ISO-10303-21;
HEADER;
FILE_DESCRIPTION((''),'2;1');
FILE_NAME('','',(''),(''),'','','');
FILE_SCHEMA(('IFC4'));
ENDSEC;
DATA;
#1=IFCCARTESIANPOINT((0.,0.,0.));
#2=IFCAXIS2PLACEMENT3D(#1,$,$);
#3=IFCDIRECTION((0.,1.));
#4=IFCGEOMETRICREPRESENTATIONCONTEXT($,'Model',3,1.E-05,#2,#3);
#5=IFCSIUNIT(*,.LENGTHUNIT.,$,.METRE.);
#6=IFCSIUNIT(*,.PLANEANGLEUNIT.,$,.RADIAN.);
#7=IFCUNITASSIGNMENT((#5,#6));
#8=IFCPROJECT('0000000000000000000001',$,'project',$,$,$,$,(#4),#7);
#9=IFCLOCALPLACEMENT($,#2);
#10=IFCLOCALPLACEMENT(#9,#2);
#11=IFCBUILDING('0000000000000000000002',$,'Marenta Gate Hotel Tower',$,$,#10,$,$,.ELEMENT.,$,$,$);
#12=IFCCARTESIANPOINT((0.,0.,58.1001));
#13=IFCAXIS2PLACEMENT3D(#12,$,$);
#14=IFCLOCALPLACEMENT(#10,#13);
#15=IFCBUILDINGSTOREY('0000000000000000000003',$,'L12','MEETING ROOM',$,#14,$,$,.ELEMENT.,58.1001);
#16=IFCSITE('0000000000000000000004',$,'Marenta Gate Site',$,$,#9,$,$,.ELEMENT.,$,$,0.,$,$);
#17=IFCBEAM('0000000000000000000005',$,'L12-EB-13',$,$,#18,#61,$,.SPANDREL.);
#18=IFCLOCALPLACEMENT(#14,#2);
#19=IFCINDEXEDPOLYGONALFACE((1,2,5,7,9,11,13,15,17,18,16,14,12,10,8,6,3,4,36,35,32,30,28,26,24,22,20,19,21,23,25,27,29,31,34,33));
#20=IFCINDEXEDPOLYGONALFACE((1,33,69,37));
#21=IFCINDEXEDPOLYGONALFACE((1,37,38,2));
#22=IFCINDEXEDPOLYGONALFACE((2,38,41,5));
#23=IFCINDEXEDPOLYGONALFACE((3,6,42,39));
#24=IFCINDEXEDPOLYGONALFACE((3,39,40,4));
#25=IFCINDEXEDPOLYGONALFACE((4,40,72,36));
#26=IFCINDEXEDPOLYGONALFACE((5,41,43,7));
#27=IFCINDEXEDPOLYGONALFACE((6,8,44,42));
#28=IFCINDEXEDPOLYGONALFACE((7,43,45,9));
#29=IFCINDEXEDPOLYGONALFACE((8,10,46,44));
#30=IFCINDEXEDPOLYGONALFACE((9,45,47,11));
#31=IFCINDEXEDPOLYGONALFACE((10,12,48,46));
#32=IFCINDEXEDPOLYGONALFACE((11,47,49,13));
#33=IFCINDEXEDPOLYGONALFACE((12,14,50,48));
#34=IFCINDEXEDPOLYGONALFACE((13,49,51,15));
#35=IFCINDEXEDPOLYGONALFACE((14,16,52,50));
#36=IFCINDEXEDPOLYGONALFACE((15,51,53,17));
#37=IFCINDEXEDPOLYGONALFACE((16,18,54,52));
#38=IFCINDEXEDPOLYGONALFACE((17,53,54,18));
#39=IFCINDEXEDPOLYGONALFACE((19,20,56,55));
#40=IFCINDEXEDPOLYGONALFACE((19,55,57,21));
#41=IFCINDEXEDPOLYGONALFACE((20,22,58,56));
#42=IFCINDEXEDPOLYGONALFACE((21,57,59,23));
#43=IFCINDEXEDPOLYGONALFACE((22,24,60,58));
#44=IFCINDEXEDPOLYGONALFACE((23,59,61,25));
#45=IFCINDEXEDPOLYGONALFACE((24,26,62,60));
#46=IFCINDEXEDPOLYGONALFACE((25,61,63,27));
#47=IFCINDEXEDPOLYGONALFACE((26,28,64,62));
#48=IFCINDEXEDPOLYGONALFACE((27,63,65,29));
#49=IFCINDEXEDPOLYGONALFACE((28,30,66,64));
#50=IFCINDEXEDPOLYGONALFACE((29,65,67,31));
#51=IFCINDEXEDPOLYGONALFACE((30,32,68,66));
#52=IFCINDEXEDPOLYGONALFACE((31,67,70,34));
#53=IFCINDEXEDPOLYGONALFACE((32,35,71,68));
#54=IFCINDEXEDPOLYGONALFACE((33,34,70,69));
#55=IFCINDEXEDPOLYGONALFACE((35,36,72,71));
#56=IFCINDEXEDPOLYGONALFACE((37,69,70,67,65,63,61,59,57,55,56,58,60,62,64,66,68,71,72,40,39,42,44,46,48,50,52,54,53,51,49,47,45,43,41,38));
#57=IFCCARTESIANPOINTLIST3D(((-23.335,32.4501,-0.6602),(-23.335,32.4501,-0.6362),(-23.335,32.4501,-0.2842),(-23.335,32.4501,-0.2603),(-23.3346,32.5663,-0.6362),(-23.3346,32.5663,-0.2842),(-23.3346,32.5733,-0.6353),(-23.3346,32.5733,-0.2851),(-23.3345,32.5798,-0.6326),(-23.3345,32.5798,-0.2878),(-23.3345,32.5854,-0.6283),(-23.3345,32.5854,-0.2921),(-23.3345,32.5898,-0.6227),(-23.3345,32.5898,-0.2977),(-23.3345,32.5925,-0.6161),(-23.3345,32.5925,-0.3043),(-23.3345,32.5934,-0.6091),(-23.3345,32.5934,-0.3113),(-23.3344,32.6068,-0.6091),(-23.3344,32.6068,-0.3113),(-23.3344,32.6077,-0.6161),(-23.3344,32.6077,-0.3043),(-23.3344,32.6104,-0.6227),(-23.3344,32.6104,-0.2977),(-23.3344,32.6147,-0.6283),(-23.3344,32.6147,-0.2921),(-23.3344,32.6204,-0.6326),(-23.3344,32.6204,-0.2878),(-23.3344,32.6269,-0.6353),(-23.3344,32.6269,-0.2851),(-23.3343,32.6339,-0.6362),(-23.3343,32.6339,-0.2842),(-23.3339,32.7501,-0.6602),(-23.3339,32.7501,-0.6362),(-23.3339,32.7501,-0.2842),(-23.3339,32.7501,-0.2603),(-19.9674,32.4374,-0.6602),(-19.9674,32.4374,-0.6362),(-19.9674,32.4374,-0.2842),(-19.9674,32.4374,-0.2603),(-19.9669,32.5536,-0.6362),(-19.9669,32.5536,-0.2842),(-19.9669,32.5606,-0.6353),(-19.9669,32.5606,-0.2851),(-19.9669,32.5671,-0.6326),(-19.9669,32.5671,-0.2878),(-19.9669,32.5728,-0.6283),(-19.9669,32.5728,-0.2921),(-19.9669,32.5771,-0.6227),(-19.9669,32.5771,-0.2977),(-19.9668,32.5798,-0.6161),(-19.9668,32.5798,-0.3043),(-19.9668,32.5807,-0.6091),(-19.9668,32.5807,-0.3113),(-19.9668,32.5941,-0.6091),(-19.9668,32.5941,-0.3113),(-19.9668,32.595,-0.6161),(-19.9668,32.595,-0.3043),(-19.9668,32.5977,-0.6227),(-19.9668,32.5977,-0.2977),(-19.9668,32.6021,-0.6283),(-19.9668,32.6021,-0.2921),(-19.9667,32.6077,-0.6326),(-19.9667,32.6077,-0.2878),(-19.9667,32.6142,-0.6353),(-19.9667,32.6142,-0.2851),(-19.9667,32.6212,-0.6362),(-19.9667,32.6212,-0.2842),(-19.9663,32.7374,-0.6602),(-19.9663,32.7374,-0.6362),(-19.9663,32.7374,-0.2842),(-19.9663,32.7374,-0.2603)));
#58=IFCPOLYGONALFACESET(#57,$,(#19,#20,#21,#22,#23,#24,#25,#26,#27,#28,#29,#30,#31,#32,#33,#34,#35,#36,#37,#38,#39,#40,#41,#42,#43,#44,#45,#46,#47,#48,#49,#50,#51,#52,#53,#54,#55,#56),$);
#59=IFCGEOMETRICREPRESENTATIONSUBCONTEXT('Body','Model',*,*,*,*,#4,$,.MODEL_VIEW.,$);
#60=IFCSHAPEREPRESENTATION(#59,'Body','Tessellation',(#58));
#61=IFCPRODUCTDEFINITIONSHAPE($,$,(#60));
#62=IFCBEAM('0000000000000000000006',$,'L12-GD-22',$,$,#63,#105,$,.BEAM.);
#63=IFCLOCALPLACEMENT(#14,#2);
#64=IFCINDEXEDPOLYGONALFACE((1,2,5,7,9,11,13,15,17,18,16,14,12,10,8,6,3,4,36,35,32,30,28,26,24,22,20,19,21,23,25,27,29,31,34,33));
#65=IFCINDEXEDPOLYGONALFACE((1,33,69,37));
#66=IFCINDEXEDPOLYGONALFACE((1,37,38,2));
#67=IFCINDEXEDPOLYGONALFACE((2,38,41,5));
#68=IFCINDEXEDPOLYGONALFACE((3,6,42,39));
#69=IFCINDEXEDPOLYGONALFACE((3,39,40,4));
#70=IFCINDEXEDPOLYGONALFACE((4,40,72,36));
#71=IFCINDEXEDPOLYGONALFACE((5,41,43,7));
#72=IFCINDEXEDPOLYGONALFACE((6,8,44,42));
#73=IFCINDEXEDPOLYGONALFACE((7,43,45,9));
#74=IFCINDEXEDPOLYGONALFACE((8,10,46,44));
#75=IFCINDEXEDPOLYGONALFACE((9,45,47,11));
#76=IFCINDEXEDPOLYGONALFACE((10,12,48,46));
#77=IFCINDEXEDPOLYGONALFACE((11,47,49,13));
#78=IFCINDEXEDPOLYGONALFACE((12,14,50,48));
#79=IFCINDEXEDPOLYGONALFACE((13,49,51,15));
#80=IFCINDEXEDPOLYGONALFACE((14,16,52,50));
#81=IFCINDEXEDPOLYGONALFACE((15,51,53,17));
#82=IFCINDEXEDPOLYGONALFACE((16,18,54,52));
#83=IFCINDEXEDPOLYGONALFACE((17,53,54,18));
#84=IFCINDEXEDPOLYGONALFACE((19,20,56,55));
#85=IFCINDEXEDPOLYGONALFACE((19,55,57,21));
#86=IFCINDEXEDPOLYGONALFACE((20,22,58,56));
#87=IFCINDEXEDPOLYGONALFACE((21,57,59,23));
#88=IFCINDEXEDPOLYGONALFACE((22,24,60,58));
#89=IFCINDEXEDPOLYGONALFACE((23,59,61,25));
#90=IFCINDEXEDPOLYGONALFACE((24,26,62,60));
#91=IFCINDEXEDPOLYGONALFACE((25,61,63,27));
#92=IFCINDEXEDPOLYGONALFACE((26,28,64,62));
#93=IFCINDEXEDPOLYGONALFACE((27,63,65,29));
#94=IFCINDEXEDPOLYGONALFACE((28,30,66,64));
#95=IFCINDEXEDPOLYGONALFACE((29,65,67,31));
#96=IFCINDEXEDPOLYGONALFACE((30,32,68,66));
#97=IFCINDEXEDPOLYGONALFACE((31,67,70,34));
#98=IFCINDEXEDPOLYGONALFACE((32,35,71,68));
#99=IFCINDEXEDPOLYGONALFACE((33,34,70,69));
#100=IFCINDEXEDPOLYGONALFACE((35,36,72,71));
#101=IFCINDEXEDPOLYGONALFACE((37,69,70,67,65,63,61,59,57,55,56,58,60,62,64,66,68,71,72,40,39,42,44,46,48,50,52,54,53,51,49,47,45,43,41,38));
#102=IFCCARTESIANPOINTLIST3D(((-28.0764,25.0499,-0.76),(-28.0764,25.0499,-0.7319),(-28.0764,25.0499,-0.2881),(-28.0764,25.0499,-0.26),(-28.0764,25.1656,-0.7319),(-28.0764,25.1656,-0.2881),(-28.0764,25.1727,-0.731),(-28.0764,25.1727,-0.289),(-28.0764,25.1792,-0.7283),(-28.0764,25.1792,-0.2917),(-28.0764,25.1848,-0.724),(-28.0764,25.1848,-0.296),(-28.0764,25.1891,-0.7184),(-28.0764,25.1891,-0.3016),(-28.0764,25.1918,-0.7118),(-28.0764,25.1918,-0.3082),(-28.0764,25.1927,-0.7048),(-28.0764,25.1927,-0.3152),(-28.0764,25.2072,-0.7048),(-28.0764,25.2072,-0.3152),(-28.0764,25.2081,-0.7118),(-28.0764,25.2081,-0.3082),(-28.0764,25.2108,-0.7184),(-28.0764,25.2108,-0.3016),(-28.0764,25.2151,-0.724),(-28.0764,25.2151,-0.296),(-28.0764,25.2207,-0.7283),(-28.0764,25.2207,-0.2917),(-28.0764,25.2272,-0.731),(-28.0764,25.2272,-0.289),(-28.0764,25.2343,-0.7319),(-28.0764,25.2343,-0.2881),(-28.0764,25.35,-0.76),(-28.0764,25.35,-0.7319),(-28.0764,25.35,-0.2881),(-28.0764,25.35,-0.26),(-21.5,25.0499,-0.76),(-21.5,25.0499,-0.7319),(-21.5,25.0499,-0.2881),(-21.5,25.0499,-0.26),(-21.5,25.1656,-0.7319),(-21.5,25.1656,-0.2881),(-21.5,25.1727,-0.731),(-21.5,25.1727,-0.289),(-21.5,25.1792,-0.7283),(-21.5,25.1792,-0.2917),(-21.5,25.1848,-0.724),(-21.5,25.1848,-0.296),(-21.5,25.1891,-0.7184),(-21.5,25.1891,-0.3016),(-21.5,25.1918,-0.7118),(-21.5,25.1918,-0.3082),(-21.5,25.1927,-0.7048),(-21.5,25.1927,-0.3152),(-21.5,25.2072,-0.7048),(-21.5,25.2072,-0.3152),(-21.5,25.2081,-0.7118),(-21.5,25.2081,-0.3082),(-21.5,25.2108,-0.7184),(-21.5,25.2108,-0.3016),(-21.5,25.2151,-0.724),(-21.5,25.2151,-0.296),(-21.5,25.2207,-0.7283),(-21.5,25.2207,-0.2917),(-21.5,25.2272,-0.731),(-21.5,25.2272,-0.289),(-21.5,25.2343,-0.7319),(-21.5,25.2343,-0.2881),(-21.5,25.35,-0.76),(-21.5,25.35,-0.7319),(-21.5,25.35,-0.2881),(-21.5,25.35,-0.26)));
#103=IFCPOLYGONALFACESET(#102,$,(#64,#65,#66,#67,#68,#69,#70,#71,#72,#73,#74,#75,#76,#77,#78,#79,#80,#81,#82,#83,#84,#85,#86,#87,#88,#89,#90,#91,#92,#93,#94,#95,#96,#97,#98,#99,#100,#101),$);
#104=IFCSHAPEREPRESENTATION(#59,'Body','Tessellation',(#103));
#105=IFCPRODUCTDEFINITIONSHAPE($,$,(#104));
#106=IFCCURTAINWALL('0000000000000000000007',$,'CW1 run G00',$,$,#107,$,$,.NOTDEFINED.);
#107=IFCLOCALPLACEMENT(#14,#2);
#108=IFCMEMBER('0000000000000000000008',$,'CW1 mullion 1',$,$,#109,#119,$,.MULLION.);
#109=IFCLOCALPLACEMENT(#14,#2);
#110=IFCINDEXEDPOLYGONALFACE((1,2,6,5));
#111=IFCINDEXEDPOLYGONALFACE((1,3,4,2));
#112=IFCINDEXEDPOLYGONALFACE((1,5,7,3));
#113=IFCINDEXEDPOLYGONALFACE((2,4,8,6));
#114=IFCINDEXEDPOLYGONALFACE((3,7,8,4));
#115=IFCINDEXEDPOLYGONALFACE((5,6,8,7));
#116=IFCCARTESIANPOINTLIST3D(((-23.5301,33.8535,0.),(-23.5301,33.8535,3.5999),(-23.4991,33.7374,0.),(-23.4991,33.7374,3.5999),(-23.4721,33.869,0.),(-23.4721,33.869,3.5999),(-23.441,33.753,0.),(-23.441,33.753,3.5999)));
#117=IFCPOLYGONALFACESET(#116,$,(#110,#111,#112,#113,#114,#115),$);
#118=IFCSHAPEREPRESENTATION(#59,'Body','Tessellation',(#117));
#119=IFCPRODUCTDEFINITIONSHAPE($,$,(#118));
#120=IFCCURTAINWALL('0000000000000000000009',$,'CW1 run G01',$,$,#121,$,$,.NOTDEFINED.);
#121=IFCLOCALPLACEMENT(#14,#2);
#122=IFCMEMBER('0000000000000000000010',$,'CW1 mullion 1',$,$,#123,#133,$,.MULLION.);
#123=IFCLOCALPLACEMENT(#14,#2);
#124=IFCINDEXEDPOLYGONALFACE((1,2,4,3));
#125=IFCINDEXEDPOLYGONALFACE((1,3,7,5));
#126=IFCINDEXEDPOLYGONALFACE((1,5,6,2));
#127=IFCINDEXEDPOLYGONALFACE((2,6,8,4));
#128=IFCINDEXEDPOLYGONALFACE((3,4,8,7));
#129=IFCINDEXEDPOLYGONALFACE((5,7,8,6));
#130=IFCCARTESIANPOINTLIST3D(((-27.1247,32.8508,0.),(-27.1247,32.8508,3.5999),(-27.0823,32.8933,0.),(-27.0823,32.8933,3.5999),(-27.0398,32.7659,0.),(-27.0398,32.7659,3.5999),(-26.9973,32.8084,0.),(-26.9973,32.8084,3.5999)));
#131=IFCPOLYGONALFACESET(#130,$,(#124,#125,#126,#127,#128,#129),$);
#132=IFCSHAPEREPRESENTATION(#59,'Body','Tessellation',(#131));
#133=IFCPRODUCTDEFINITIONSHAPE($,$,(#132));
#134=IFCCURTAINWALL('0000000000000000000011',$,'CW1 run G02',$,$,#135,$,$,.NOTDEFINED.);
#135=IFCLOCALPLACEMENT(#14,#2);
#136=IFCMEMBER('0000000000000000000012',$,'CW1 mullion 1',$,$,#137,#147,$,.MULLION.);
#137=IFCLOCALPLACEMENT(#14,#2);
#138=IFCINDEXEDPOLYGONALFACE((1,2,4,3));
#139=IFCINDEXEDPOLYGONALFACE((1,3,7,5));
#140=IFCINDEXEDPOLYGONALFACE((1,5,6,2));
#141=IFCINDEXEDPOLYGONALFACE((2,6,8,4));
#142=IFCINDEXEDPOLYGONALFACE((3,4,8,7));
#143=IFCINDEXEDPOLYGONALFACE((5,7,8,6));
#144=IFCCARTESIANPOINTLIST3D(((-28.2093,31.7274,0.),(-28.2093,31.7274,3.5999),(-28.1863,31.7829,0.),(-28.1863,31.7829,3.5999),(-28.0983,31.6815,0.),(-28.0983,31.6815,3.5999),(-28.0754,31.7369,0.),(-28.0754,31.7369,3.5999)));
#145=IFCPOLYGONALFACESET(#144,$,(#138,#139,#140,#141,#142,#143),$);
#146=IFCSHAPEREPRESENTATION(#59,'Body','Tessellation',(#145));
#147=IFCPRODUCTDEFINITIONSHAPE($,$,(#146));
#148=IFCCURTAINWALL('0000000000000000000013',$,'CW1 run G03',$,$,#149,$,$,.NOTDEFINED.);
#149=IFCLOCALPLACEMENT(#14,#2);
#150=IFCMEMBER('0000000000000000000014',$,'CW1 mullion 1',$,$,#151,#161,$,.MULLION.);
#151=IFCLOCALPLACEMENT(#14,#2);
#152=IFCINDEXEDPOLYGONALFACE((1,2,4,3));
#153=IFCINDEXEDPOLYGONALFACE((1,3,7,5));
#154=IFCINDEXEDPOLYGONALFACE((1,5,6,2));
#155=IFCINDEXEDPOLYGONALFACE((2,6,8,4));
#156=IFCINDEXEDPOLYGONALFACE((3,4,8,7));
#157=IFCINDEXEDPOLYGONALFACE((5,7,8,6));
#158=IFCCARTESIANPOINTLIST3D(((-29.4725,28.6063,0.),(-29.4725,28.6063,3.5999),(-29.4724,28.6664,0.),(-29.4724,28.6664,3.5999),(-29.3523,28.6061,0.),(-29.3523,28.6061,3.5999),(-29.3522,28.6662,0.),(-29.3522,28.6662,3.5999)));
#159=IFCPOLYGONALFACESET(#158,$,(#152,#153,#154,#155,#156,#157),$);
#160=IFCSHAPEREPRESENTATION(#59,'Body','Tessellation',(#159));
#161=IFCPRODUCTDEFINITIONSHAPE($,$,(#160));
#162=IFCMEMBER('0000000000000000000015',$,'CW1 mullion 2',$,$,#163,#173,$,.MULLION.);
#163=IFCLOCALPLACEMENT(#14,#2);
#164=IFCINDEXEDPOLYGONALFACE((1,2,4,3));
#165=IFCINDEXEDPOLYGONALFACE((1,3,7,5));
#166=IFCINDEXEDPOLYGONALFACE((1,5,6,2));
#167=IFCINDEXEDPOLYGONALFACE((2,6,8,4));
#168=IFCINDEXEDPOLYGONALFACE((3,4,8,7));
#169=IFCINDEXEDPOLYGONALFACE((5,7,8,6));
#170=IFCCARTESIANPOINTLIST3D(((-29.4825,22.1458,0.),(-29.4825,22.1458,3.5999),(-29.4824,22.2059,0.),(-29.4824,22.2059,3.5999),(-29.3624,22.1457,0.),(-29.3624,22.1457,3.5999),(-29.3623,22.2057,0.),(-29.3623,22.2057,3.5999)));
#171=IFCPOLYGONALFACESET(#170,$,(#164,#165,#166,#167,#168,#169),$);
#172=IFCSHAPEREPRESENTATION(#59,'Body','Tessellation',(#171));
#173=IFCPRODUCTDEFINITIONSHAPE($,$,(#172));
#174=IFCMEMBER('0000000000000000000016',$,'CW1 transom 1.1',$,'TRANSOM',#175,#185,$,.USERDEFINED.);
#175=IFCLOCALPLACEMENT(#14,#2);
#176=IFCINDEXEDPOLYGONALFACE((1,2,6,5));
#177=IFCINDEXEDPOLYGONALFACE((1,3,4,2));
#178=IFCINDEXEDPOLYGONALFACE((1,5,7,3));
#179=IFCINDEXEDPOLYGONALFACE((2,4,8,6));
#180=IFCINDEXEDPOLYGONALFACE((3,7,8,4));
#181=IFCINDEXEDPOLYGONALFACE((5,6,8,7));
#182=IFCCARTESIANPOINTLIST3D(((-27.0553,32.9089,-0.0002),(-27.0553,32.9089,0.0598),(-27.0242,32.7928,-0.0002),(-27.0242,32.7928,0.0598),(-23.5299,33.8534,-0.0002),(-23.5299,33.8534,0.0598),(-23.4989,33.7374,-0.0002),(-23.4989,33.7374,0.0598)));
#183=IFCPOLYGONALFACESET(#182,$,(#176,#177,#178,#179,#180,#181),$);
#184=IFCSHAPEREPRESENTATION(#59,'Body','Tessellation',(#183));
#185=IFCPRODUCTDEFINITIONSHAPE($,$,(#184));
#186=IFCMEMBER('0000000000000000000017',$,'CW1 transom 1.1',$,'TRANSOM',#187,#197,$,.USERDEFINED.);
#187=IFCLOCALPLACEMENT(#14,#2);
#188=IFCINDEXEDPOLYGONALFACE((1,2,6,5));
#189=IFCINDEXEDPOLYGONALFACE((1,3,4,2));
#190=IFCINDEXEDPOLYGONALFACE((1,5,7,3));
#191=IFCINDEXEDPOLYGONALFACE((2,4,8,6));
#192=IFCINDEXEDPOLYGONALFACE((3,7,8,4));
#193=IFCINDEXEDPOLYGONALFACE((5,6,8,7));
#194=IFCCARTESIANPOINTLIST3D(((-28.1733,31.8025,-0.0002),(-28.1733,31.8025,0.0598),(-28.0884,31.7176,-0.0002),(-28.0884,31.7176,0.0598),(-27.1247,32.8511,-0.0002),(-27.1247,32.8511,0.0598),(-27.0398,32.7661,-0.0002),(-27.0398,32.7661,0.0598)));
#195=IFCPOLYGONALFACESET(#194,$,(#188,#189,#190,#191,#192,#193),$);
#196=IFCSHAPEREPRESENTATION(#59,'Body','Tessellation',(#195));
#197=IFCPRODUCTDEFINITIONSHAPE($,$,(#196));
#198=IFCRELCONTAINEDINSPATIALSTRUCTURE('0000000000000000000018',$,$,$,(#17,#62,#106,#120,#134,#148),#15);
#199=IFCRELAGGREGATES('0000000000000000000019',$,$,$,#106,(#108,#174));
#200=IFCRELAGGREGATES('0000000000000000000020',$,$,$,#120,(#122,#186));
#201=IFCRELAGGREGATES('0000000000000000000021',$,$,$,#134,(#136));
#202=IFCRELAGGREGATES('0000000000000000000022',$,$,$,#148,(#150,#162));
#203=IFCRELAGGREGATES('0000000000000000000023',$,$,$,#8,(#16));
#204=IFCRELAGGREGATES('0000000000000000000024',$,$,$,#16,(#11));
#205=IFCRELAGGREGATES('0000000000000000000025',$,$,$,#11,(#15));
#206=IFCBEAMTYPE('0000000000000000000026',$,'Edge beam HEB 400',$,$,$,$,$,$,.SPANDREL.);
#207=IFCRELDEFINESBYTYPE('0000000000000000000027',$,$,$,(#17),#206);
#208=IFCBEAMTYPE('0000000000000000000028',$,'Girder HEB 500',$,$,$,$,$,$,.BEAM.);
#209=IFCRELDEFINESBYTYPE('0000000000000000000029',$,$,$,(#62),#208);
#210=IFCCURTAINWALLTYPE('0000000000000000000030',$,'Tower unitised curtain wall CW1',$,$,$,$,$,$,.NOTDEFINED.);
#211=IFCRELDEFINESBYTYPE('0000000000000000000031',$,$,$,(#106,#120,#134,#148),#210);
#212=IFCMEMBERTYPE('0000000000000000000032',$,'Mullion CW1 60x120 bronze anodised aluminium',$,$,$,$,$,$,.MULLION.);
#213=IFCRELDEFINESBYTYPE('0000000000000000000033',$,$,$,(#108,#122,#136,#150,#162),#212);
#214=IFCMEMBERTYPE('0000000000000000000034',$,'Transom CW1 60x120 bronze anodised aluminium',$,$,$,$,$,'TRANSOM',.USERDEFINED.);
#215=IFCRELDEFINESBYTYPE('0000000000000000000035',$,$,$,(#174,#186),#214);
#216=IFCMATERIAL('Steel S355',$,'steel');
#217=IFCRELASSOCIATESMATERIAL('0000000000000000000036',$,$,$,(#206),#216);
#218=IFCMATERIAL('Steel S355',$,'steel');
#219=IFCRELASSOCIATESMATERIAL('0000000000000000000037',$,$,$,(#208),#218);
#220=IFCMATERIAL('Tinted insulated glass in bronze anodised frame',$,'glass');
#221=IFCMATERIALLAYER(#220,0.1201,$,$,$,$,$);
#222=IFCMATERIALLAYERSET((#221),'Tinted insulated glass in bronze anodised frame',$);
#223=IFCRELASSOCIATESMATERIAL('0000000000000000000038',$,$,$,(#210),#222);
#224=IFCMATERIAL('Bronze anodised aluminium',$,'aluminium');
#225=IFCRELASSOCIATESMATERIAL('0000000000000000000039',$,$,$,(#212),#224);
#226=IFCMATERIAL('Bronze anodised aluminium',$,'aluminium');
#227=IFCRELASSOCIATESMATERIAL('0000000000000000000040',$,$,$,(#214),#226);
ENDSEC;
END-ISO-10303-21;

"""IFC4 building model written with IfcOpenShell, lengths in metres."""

from ifc_helpers import new_model, si_unit, direction, frame, origin, origin_2d, place, context, subcontext, project, spatial, rectangle, i_section, extrude, material, layer, layer_set, material_profile, profile_set, type_object, element, aggregate, save


model = new_model("IFC4")

# Units and contexts
model_context = context("Model", 3, precision=1e-05, world=origin(), true_north=direction((0.0, 1.0)))
body_context = subcontext(model_context, "Body", "Model", "MODEL_VIEW")
ifc_project = project(units=[si_unit("LENGTHUNIT", "METRE"), si_unit("PLANEANGLEUNIT", "RADIAN")], contexts=[model_context])

# Site, building, storey
site_placement = place(None, origin())
site = spatial("IfcSite", under=ifc_project, at=site_placement, Name="Marenta Gate Site", CompositionType="ELEMENT", RefElevation=0.0)
building_placement = place(site_placement, origin())
building = spatial("IfcBuilding", under=site, at=building_placement, Name="Marenta Gate Hotel Tower", CompositionType="ELEMENT")
storey_placement = place(building_placement, frame((0.0, 0.0, 58.1001)))
storey = spatial("IfcBuildingStorey", under=building, at=storey_placement, Name="L12", Description="MEETING ROOM", CompositionType="ELEMENT", Elevation=58.1001)

# Beams
ifc_material_1 = material(Name="Steel S355", Category="steel")
ifc_material_profile_1 = material_profile(ifc_material_1, i_section(OverallWidth=0.3, OverallDepth=0.3999, WebThickness=0.0134, FlangeThickness=0.0239, FilletRadius=0.0271, at=origin_2d()), Name="HEB 400")
ifc_profile_set_1 = profile_set([ifc_material_profile_1], Name="Steel S355")
beam_type_1 = type_object("IfcBeamType", Name="Edge beam HEB 400", PredefinedType="SPANDREL", material=ifc_profile_set_1)
beam_1_placement = place(storey_placement, frame((-23.3345, 32.6001, -0.4602), z_axis=(0.999993, -0.00377, 0.0), x_axis=(0.00377, 0.999993, 0.0)))
element("IfcBeam", 1, at=beam_1_placement, inside=storey, type_object=beam_type_1, Name="L12-EB-13", PredefinedType="SPANDREL", context=body_context, shape_type="SweptSolid", body=[
    extrude(i_section(OverallWidth=0.3, OverallDepth=0.3999, WebThickness=0.0134, FlangeThickness=0.0239, FilletRadius=0.0271, at=origin_2d()), origin(), (0.0, 0.0, 1.0), 3.3677),
])
ifc_material_2 = material(Name="Steel S355", Category="steel")
ifc_material_profile_2 = material_profile(ifc_material_2, i_section(OverallWidth=0.3, OverallDepth=0.5, WebThickness=0.0144, FlangeThickness=0.0281, FilletRadius=0.0271, at=origin_2d()), Name="HEB 500")
ifc_profile_set_2 = profile_set([ifc_material_profile_2], Name="Steel S355")
beam_type_2 = type_object("IfcBeamType", Name="Girder HEB 500", PredefinedType="BEAM", material=ifc_profile_set_2)
beam_2_placement = place(storey_placement, frame((-28.0764, 25.2, -0.51), z_axis=(1.0, 0.0, 0.0), x_axis=(0.0, 1.0, 0.0)))
element("IfcBeam", 2, at=beam_2_placement, inside=storey, type_object=beam_type_2, Name="L12-GD-22", PredefinedType="BEAM", context=body_context, shape_type="SweptSolid", body=[
    extrude(i_section(OverallWidth=0.3, OverallDepth=0.5, WebThickness=0.0144, FlangeThickness=0.0281, FilletRadius=0.0271, at=origin_2d()), origin(), (0.0, 0.0, 1.0), 6.5764),
])

# Curtain walls, members
ifc_material_3 = material(Name="Tinted insulated glass in bronze anodised frame", Category="glass")
ifc_layer_1 = layer(ifc_material_3, 0.1201)
ifc_layer_set_1 = layer_set([ifc_layer_1], Name="Tinted insulated glass in bronze anodised frame")
curtain_wall_type = type_object("IfcCurtainWallType", Name="Tower unitised curtain wall CW1", PredefinedType="NOTDEFINED", material=ifc_layer_set_1)
curtain_wall_1_placement = place(storey_placement, origin())
curtain_wall_1 = element("IfcCurtainWall", 3, at=curtain_wall_1_placement, inside=storey, type_object=curtain_wall_type, Name="CW1 run G00", PredefinedType="NOTDEFINED")
ifc_material_4 = material(Name="Bronze anodised aluminium", Category="aluminium")
ifc_material_profile_3 = material_profile(ifc_material_4, rectangle(XDim=0.1201, YDim=0.0601, at=origin_2d()), Name="Mullion CW1 60x120 bronze anodised aluminium")
ifc_profile_set_3 = profile_set([ifc_material_profile_3], Name="Bronze anodised aluminium")
member_type_1 = type_object("IfcMemberType", Name="Mullion CW1 60x120 bronze anodised aluminium", PredefinedType="MULLION", material=ifc_profile_set_3)
member_1_placement = place(storey_placement, frame((-23.4856, 33.8032, 0.0), z_axis=(0.0, 0.0, 1.0), x_axis=(0.258802, -0.96593, 0.0)))
member_1 = element("IfcMember", 4, at=member_1_placement, type_object=member_type_1, Name="CW1 mullion 1", PredefinedType="MULLION", context=body_context, shape_type="SweptSolid", body=[
    extrude(rectangle(XDim=0.1201, YDim=0.0601, at=origin_2d()), origin(), (0.0, 0.0, 1.0), 3.5999),
])
curtain_wall_2_placement = place(storey_placement, origin())
curtain_wall_2 = element("IfcCurtainWall", 5, at=curtain_wall_2_placement, inside=storey, type_object=curtain_wall_type, Name="CW1 run G01", PredefinedType="NOTDEFINED")
member_2_placement = place(storey_placement, frame((-27.061, 32.8296, 0.0), z_axis=(0.0, 0.0, 1.0), x_axis=(0.707107, -0.707107, 0.0)))
member_2 = element("IfcMember", 6, at=member_2_placement, type_object=member_type_1, Name="CW1 mullion 1", PredefinedType="MULLION", context=body_context, shape_type="SweptSolid", body=[
    extrude(rectangle(XDim=0.1201, YDim=0.0601, at=origin_2d()), origin(), (0.0, 0.0, 1.0), 3.5999),
])
curtain_wall_3_placement = place(storey_placement, origin())
curtain_wall_3 = element("IfcCurtainWall", 7, at=curtain_wall_3_placement, inside=storey, type_object=curtain_wall_type, Name="CW1 run G02", PredefinedType="NOTDEFINED")
member_3_placement = place(storey_placement, frame((-28.1423, 31.7322, 0.0), z_axis=(0.0, 0.0, 1.0), x_axis=(0.923885, -0.38267, 0.0)))
member_3 = element("IfcMember", 8, at=member_3_placement, type_object=member_type_1, Name="CW1 mullion 1", PredefinedType="MULLION", context=body_context, shape_type="SweptSolid", body=[
    extrude(rectangle(XDim=0.1201, YDim=0.0601, at=origin_2d()), origin(), (0.0, 0.0, 1.0), 3.5999),
])

# Curtain wall, members
curtain_wall_4_placement = place(storey_placement, origin())
curtain_wall_4 = element("IfcCurtainWall", 9, at=curtain_wall_4_placement, inside=storey, type_object=curtain_wall_type, Name="CW1 run G03", PredefinedType="NOTDEFINED")
member_4_placement = place(storey_placement, frame((-29.4124, 28.6362, 0.0), z_axis=(0.0, 0.0, 1.0), x_axis=(0.999999, -0.001566, 0.0)))
member_4 = element("IfcMember", 10, at=member_4_placement, type_object=member_type_1, Name="CW1 mullion 1", PredefinedType="MULLION", context=body_context, shape_type="SweptSolid", body=[
    extrude(rectangle(XDim=0.1201, YDim=0.0601, at=origin_2d()), origin(), (0.0, 0.0, 1.0), 3.5999),
])
member_5_placement = place(storey_placement, frame((-29.4224, 22.1758, 0.0), z_axis=(0.0, 0.0, 1.0), x_axis=(0.999999, -0.001566, 0.0)))
member_5 = element("IfcMember", 11, at=member_5_placement, type_object=member_type_1, Name="CW1 mullion 2", PredefinedType="MULLION", context=body_context, shape_type="SweptSolid", body=[
    extrude(rectangle(XDim=0.1201, YDim=0.0601, at=origin_2d()), origin(), (0.0, 0.0, 1.0), 3.5999),
])

# Members
ifc_material_5 = material(Name="Bronze anodised aluminium", Category="aluminium")
ifc_material_profile_4 = material_profile(ifc_material_5, rectangle(XDim=0.1201, YDim=0.0601, at=origin_2d()), Name="Transom CW1 60x120 bronze anodised aluminium")
ifc_profile_set_4 = profile_set([ifc_material_profile_4], Name="Bronze anodised aluminium")
member_type_2 = type_object("IfcMemberType", Name="Transom CW1 60x120 bronze anodised aluminium", ElementType="TRANSOM", PredefinedType="USERDEFINED", material=ifc_profile_set_4)
member_6_placement = place(storey_placement, frame((-23.5144, 33.7954, 0.0298), z_axis=(-0.965929, -0.258807, 0.0), x_axis=(0.258807, -0.965929, 0.0)))
member_6 = element("IfcMember", 12, at=member_6_placement, type_object=member_type_2, Name="CW1 transom 1.1", ObjectType="TRANSOM", PredefinedType="USERDEFINED", context=body_context, shape_type="SweptSolid", body=[
    extrude(rectangle(XDim=0.1201, YDim=0.0601, at=origin_2d()), origin(), (0.0, 0.0, 1.0), 3.6497),
])
member_7_placement = place(storey_placement, frame((-27.0823, 32.8086, 0.0298), z_axis=(-0.707107, -0.707107, 0.0), x_axis=(0.707107, -0.707107, 0.0)))
member_7 = element("IfcMember", 13, at=member_7_placement, type_object=member_type_2, Name="CW1 transom 1.1", ObjectType="TRANSOM", PredefinedType="USERDEFINED", context=body_context, shape_type="SweptSolid", body=[
    extrude(rectangle(XDim=0.1201, YDim=0.0601, at=origin_2d()), origin(), (0.0, 0.0, 1.0), 1.4829),
])

aggregate(curtain_wall_1, [member_1, member_6])
aggregate(curtain_wall_2, [member_2, member_7])
aggregate(curtain_wall_3, [member_3])
aggregate(curtain_wall_4, [member_4, member_5])

save(model, "model.ifc")
